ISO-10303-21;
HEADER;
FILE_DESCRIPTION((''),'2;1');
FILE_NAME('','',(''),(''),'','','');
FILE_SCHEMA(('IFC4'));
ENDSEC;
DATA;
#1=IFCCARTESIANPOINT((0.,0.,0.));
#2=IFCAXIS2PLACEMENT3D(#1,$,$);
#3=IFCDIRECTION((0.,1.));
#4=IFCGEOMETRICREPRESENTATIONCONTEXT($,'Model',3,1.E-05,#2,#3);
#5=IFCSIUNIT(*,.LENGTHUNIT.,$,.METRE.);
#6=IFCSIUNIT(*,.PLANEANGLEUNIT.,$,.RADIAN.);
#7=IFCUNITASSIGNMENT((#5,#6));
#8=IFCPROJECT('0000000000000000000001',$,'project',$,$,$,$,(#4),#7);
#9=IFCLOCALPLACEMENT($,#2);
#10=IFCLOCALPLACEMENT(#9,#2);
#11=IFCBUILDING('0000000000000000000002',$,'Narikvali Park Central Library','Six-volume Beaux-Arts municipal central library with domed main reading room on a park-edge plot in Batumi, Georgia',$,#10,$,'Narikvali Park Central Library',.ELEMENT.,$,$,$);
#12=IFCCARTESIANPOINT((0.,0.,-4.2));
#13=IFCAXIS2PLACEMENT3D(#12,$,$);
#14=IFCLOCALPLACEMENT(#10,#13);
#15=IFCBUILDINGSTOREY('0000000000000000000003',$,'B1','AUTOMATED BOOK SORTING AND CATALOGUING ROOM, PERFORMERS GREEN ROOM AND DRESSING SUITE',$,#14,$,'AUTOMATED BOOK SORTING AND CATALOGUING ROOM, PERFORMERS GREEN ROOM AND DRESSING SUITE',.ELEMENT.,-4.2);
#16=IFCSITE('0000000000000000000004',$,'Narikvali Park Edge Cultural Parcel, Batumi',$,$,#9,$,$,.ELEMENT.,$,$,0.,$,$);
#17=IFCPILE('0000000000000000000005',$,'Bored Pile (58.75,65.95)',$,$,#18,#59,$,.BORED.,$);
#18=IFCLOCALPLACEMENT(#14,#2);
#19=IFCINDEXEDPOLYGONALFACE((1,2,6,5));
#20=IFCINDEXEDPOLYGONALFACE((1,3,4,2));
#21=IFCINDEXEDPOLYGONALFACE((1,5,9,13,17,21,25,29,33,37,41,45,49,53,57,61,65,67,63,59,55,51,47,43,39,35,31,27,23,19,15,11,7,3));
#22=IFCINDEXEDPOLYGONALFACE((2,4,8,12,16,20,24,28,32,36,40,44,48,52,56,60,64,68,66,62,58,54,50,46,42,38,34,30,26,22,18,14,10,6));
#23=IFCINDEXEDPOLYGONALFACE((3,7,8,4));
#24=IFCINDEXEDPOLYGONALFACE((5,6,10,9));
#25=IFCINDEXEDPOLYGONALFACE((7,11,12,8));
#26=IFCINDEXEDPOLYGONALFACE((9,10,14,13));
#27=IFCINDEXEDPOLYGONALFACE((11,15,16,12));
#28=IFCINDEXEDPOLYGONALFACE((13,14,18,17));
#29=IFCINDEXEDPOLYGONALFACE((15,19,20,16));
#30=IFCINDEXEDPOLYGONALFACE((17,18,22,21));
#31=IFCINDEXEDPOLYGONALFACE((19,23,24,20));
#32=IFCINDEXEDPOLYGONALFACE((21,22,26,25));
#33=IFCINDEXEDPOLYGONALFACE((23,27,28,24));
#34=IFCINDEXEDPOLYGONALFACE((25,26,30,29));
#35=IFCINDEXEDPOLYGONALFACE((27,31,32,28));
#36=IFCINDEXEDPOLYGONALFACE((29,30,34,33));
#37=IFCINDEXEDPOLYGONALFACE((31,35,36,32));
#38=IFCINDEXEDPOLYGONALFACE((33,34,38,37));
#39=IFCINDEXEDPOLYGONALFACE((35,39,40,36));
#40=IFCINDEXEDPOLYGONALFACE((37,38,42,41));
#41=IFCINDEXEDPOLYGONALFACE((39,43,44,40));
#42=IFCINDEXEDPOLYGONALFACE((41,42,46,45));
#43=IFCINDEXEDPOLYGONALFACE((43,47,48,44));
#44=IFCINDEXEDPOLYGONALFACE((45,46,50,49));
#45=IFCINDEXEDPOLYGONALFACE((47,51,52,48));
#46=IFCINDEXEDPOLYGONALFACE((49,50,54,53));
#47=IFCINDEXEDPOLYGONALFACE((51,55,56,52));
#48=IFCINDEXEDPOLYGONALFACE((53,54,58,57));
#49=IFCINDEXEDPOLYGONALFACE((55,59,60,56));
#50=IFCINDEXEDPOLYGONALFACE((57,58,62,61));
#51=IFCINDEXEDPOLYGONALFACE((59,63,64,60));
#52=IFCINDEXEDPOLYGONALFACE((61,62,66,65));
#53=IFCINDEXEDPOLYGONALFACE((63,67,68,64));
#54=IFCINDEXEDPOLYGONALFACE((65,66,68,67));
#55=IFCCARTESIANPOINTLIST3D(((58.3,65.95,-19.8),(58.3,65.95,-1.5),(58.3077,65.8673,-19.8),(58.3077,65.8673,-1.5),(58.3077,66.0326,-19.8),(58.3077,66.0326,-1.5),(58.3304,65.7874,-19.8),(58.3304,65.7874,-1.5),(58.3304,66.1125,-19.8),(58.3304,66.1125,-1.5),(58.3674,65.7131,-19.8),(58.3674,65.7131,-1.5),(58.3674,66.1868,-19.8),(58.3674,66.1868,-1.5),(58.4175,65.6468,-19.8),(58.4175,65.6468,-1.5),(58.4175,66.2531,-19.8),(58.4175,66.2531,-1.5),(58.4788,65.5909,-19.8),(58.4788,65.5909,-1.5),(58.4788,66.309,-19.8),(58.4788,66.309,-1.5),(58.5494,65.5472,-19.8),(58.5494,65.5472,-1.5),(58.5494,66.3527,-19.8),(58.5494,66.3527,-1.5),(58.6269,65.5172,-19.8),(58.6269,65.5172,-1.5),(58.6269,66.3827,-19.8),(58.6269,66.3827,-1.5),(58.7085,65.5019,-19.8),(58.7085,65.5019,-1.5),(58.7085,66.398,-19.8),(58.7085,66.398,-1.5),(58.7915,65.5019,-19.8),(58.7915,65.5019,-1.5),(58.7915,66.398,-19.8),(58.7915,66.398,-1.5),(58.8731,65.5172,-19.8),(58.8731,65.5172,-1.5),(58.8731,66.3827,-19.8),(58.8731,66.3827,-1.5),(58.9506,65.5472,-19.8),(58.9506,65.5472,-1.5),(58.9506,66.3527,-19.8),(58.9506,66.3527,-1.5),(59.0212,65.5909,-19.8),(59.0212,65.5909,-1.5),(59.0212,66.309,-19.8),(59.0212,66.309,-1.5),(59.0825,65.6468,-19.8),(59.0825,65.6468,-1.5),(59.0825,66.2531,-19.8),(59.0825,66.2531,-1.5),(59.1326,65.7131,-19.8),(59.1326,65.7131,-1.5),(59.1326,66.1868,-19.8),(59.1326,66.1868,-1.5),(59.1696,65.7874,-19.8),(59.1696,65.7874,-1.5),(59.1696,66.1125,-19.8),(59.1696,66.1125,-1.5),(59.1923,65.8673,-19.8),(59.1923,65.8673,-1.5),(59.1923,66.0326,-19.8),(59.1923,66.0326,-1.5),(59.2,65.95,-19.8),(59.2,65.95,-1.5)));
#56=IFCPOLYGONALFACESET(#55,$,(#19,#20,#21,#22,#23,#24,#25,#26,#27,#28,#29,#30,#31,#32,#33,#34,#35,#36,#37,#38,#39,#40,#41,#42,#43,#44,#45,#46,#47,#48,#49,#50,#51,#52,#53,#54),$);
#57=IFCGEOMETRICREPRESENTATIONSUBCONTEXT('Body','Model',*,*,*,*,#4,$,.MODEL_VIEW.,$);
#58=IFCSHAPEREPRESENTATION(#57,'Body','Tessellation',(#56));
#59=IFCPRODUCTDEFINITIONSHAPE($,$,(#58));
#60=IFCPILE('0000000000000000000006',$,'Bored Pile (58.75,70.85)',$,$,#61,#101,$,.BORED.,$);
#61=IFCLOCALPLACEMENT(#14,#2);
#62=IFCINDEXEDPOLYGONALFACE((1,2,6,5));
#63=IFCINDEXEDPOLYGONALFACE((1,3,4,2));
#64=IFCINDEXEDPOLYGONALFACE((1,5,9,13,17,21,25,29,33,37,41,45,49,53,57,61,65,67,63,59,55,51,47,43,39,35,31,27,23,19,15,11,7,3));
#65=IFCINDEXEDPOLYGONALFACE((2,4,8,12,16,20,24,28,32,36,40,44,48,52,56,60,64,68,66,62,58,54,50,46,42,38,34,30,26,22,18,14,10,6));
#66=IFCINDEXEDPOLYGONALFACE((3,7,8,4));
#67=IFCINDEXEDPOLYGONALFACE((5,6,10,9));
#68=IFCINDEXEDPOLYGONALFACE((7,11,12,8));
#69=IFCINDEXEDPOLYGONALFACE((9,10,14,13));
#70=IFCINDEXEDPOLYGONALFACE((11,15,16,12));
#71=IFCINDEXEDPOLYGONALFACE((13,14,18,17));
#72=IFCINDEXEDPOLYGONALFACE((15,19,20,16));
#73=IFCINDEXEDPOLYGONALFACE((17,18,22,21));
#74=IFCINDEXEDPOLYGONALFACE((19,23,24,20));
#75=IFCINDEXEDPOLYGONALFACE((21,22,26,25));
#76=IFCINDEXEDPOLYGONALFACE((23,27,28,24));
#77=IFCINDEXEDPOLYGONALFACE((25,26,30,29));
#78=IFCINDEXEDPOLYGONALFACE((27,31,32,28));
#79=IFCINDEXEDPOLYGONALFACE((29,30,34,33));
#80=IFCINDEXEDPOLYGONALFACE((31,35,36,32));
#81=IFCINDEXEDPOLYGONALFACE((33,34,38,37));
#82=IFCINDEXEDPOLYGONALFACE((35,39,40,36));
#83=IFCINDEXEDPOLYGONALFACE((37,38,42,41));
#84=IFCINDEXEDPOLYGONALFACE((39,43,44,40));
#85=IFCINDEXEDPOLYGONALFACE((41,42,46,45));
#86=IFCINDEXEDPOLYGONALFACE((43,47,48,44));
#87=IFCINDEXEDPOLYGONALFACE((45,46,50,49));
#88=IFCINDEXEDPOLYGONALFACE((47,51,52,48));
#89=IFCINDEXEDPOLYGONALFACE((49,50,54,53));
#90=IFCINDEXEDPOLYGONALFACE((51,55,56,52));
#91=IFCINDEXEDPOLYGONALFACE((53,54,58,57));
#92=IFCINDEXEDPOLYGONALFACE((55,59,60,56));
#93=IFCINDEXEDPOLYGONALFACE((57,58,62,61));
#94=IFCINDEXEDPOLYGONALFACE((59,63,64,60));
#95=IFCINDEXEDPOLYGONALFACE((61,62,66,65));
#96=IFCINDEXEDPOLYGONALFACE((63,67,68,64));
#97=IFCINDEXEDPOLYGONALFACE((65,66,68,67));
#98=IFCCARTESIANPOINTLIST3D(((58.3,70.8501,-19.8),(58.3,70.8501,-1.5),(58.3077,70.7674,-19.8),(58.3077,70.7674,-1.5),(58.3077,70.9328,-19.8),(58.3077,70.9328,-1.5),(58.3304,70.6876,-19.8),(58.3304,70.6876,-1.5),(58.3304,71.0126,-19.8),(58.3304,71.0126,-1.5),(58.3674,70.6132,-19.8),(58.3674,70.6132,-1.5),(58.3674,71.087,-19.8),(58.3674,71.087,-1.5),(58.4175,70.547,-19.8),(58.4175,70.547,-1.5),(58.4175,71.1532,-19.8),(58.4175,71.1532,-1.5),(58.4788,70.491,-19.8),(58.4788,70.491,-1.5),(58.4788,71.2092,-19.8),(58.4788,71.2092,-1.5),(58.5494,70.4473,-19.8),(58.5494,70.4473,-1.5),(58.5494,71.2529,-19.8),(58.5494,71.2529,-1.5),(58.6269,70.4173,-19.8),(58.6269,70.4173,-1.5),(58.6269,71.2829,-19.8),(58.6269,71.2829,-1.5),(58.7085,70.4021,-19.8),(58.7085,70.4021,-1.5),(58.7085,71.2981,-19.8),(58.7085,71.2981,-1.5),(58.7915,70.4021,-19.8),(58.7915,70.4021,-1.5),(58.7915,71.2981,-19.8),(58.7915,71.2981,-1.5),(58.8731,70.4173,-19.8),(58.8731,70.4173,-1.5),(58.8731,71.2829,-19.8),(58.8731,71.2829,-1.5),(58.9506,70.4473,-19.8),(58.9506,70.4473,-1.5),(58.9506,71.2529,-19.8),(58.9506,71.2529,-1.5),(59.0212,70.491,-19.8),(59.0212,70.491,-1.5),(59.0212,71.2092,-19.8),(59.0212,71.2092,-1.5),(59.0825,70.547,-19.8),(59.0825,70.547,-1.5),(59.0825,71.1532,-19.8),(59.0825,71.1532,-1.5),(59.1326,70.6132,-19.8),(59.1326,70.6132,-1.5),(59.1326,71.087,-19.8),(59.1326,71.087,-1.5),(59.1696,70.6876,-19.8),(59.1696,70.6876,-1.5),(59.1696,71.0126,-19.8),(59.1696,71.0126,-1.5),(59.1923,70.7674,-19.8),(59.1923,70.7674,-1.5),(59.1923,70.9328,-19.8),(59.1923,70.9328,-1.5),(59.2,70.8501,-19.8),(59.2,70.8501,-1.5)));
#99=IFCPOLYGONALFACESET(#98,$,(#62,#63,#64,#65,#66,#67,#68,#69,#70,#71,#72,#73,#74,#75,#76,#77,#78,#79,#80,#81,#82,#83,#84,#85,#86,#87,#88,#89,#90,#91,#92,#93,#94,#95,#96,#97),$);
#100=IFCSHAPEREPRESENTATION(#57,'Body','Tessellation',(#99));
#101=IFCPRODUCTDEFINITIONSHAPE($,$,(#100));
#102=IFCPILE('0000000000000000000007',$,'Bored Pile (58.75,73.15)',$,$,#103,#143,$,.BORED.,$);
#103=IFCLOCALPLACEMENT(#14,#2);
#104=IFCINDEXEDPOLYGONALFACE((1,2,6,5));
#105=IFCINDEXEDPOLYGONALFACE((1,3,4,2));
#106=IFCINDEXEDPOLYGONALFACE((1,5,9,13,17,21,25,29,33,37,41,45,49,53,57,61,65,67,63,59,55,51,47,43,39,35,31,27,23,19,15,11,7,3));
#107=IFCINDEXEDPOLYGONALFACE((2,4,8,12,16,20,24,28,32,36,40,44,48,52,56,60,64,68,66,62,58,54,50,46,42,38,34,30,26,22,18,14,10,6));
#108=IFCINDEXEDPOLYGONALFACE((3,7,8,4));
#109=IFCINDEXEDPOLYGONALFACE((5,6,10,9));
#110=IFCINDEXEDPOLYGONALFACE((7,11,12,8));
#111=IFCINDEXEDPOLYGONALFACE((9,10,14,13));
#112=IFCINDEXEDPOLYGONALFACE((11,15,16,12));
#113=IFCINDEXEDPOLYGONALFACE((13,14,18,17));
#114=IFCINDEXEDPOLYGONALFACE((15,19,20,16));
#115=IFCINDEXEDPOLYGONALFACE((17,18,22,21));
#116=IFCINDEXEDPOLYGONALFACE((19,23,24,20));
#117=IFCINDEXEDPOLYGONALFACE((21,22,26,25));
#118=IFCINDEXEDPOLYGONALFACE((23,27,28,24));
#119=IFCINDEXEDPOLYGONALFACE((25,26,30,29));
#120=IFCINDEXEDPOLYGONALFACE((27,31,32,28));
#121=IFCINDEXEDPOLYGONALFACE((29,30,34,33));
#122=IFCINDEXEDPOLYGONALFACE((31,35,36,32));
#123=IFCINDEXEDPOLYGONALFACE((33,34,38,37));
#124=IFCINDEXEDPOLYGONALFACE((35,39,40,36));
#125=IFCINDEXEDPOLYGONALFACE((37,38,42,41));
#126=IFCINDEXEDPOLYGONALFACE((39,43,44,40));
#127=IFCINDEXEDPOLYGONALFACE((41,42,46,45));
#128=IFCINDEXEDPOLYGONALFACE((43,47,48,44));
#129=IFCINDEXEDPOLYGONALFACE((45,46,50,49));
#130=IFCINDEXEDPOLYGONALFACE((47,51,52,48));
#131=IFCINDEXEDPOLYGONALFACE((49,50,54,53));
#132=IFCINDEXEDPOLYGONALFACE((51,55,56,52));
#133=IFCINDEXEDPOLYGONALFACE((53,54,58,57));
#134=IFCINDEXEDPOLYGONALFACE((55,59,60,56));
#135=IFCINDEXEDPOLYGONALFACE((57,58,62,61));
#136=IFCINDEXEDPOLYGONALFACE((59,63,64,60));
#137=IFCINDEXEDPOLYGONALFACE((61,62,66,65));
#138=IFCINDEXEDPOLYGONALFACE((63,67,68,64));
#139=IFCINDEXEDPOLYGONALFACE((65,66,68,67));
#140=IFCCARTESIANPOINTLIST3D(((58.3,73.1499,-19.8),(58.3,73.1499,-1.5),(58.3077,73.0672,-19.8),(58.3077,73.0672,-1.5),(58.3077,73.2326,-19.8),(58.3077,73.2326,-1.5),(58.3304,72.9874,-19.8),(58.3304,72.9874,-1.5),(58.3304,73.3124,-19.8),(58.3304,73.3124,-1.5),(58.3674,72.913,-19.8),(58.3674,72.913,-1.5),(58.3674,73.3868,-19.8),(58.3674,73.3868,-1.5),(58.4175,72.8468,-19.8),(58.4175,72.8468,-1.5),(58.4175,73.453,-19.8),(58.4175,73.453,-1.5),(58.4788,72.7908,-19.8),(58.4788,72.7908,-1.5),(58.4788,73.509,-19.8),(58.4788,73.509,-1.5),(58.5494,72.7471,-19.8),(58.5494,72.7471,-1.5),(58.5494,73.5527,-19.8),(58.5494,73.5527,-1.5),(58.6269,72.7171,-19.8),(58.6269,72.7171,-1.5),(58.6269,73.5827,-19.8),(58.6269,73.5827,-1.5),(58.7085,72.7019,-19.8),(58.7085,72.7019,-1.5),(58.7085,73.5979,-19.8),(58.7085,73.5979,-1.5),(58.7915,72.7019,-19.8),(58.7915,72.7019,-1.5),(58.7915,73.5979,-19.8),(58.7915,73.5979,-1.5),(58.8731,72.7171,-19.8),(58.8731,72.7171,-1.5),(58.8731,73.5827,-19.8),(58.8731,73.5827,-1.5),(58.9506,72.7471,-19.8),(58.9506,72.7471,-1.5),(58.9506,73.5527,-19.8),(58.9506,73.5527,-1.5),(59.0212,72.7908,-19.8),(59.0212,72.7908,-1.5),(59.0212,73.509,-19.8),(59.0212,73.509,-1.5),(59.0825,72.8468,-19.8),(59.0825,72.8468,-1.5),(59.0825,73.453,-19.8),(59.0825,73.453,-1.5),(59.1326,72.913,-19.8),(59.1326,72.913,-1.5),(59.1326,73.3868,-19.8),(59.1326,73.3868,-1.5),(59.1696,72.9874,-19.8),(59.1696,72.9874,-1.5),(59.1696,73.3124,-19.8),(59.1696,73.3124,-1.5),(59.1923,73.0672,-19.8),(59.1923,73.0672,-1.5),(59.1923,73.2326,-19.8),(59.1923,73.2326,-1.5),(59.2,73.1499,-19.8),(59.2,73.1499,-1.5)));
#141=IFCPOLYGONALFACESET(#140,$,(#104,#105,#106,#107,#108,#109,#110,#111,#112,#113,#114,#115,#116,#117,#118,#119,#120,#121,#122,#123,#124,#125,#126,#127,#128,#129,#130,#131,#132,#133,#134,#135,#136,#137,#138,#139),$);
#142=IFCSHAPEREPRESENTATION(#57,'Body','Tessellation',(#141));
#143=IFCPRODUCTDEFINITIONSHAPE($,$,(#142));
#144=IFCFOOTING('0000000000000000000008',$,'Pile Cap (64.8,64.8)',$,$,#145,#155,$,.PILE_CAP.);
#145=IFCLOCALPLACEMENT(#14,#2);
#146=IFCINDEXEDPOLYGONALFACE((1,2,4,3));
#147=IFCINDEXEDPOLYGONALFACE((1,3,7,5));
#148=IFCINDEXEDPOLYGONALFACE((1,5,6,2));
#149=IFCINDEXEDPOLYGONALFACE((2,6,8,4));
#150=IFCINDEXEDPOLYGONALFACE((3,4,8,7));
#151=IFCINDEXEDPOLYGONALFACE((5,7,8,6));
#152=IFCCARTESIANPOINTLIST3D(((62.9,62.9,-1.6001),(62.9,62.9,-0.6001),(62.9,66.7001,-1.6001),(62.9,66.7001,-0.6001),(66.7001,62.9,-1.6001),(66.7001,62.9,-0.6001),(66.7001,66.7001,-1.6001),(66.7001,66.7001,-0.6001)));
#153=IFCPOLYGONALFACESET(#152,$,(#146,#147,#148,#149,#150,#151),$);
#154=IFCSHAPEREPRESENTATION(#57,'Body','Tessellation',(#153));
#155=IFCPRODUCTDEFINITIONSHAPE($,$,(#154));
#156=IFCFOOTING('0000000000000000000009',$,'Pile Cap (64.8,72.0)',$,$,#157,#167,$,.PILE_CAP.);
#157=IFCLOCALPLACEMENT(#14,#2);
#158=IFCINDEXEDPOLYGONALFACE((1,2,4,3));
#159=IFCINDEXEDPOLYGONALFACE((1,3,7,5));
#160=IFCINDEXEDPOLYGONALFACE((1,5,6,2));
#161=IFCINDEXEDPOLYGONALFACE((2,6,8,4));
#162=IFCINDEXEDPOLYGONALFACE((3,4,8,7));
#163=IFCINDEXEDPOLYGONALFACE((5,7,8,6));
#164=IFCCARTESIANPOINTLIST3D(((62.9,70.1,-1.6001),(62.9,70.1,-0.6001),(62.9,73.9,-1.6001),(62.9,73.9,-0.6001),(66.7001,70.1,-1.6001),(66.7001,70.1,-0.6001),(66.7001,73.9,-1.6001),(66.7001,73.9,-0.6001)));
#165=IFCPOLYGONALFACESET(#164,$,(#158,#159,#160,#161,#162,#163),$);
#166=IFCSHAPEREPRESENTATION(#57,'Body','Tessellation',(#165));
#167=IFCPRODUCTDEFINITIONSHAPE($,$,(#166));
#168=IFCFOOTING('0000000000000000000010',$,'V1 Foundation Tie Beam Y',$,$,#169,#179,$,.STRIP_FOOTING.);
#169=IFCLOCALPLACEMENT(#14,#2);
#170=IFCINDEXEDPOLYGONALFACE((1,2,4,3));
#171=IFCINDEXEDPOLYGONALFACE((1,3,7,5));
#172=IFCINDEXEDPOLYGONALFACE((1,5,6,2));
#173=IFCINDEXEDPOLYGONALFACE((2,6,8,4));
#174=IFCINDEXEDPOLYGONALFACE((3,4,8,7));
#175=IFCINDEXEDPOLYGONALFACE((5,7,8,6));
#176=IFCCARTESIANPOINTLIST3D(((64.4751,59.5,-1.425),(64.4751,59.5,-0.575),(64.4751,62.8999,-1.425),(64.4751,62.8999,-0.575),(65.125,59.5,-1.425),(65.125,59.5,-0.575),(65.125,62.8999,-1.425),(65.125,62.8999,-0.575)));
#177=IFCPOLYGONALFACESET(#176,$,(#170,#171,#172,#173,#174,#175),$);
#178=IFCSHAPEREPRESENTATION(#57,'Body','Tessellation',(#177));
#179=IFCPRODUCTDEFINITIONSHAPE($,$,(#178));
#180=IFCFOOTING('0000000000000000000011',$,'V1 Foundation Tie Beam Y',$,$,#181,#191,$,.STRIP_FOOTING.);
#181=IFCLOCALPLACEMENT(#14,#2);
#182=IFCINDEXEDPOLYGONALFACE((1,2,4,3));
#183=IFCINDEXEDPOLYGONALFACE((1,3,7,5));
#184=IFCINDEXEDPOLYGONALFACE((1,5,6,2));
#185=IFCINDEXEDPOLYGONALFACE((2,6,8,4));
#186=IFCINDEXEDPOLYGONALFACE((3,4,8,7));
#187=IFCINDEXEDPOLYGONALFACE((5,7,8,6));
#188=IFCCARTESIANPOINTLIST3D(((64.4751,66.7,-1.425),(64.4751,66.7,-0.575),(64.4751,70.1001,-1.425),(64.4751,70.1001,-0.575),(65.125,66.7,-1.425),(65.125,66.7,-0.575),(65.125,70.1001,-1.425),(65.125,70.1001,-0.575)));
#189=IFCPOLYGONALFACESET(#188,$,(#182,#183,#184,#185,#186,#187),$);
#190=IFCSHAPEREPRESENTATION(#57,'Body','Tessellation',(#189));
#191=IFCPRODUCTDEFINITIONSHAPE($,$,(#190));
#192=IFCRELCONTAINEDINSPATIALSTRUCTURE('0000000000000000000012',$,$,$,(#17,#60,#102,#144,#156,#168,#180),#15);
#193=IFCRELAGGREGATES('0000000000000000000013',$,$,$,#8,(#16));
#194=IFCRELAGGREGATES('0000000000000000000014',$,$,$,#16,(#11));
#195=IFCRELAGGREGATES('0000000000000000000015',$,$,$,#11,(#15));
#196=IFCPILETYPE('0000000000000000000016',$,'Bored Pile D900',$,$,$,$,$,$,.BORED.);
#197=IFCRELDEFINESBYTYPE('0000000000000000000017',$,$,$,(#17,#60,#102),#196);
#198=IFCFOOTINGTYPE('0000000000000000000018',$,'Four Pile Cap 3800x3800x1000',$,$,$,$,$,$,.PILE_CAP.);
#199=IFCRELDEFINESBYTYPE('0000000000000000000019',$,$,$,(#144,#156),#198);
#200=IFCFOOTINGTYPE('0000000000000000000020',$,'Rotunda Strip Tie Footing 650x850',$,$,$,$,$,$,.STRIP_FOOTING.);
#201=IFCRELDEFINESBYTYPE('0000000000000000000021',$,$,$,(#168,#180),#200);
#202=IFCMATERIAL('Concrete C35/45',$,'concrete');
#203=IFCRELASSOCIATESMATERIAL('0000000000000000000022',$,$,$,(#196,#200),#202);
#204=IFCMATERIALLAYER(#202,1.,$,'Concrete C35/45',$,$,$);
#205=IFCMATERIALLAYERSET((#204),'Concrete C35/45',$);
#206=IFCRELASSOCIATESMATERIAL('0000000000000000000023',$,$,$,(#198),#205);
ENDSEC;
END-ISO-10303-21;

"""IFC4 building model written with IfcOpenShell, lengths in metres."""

from ifc_helpers import new_model, si_unit, direction, frame, origin, origin_2d, place, context, subcontext, project, spatial, rectangle, circle, extrude, material, layer, layer_set, material_profile, profile_set, type_object, element, save


model = new_model("IFC4")

# Units and contexts
model_context = context("Model", 3, precision=1e-05, world=origin(), true_north=direction((0.0, 1.0)))
body_context = subcontext(model_context, "Body", "Model", "MODEL_VIEW")
ifc_project = project(units=[si_unit("LENGTHUNIT", "METRE"), si_unit("PLANEANGLEUNIT", "RADIAN")], contexts=[model_context])

# Site, building, storey
site_placement = place(None, origin())
site = spatial("IfcSite", under=ifc_project, at=site_placement, Name="Narikvali Park Edge Cultural Parcel, Batumi", CompositionType="ELEMENT", RefElevation=0.0)
building_placement = place(site_placement, origin())
building = spatial("IfcBuilding", under=site, at=building_placement, Name="Narikvali Park Central Library", Description="Six-volume Beaux-Arts municipal central library with domed main reading room on a park-edge plot in Batumi, Georgia", LongName="Narikvali Park Central Library", CompositionType="ELEMENT")
storey_placement = place(building_placement, frame((0.0, 0.0, -4.2)))
storey = spatial("IfcBuildingStorey", under=building, at=storey_placement, Name="B1", Description="AUTOMATED BOOK SORTING AND CATALOGUING ROOM, PERFORMERS GREEN ROOM AND DRESSING SUITE", LongName="AUTOMATED BOOK SORTING AND CATALOGUING ROOM, PERFORMERS GREEN ROOM AND DRESSING SUITE", CompositionType="ELEMENT", Elevation=-4.2)

# Piles
ifc_material_1 = material(Name="Concrete C35/45", Category="concrete")
ifc_material_profile_1 = material_profile(ifc_material_1, circle(Radius=0.45, at=origin_2d()), Name="PILE D900")
ifc_profile_set_1 = profile_set([ifc_material_profile_1], Name="Concrete C35/45")
pile_type = type_object("IfcPileType", Name="Bored Pile D900", PredefinedType="BORED", material=ifc_profile_set_1)
for number, where, z_axis, x_axis, name in (
    (1, (58.75, 65.95, -1.5), (0.0, 0.0, -1.0), (1.0, 0.0, 0.0), "Bored Pile (58.75,65.95)"),
    (2, (58.75, 70.8501, -1.5), (0.0, 0.0, -1.0), (1.0, 0.0, 0.0), "Bored Pile (58.75,70.85)"),
    (3, (58.75, 73.1499, -1.5), (0.0, 0.0, -1.0), (1.0, 0.0, 0.0), "Bored Pile (58.75,73.15)"),
):
    element("IfcPile", number, at=place(storey_placement, frame(where, z_axis=z_axis, x_axis=x_axis)), inside=storey, type_object=pile_type, Name=name, PredefinedType="BORED", context=body_context, shape_type="SweptSolid", body=[
        extrude(circle(Radius=0.45, at=origin_2d()), origin(), (0.0, 0.0, 1.0), 18.3),
    ])

# Footings
ifc_layer_1 = layer(ifc_material_1, 1.0, Name="Concrete C35/45")
ifc_layer_set_1 = layer_set([ifc_layer_1], Name="Concrete C35/45")
footing_type_1 = type_object("IfcFootingType", Name="Four Pile Cap 3800x3800x1000", PredefinedType="PILE_CAP", material=ifc_layer_set_1)
for number, where, z_axis, x_axis, name in (
    (4, (64.8, 64.8, -1.6001), (0.0, 0.0, 1.0), (1.0, 0.0, 0.0), "Pile Cap (64.8,64.8)"),
    (5, (64.8, 72.0, -1.6001), (0.0, 0.0, 1.0), (1.0, 0.0, 0.0), "Pile Cap (64.8,72.0)"),
):
    element("IfcFooting", number, at=place(storey_placement, frame(where, z_axis=z_axis, x_axis=x_axis)), inside=storey, type_object=footing_type_1, Name=name, PredefinedType="PILE_CAP", context=body_context, shape_type="SweptSolid", body=[
        extrude(rectangle(XDim=3.8, YDim=3.8, at=origin_2d()), origin(), (0.0, 0.0, 1.0), 1.0),
    ])
ifc_material_profile_2 = material_profile(ifc_material_1, rectangle(XDim=0.6499, YDim=0.8501, at=origin_2d()), Name="RC GB 650x850")
ifc_profile_set_2 = profile_set([ifc_material_profile_2], Name="Concrete C35/45")
footing_type_2 = type_object("IfcFootingType", Name="Rotunda Strip Tie Footing 650x850", PredefinedType="STRIP_FOOTING", material=ifc_profile_set_2)
footing_1_placement = place(storey_placement, frame((64.8, 59.5, -1.0), z_axis=(0.0, 1.0, 0.0), x_axis=(-1.0, 0.0, 0.0)))
element("IfcFooting", 6, at=footing_1_placement, inside=storey, type_object=footing_type_2, Name="V1 Foundation Tie Beam Y", PredefinedType="STRIP_FOOTING", context=body_context, shape_type="SweptSolid", body=[
    extrude(rectangle(XDim=0.6499, YDim=0.8501, at=origin_2d()), origin(), (0.0, 0.0, 1.0), 3.3999),
])
footing_2_placement = place(storey_placement, frame((64.8, 66.7, -1.0), z_axis=(0.0, 1.0, 0.0), x_axis=(-1.0, 0.0, 0.0)))
element("IfcFooting", 7, at=footing_2_placement, inside=storey, type_object=footing_type_2, Name="V1 Foundation Tie Beam Y", PredefinedType="STRIP_FOOTING", context=body_context, shape_type="SweptSolid", body=[
    extrude(rectangle(XDim=0.6499, YDim=0.8501, at=origin_2d()), origin(), (0.0, 0.0, 1.0), 3.4001),
])

save(model, "model.ifc")
